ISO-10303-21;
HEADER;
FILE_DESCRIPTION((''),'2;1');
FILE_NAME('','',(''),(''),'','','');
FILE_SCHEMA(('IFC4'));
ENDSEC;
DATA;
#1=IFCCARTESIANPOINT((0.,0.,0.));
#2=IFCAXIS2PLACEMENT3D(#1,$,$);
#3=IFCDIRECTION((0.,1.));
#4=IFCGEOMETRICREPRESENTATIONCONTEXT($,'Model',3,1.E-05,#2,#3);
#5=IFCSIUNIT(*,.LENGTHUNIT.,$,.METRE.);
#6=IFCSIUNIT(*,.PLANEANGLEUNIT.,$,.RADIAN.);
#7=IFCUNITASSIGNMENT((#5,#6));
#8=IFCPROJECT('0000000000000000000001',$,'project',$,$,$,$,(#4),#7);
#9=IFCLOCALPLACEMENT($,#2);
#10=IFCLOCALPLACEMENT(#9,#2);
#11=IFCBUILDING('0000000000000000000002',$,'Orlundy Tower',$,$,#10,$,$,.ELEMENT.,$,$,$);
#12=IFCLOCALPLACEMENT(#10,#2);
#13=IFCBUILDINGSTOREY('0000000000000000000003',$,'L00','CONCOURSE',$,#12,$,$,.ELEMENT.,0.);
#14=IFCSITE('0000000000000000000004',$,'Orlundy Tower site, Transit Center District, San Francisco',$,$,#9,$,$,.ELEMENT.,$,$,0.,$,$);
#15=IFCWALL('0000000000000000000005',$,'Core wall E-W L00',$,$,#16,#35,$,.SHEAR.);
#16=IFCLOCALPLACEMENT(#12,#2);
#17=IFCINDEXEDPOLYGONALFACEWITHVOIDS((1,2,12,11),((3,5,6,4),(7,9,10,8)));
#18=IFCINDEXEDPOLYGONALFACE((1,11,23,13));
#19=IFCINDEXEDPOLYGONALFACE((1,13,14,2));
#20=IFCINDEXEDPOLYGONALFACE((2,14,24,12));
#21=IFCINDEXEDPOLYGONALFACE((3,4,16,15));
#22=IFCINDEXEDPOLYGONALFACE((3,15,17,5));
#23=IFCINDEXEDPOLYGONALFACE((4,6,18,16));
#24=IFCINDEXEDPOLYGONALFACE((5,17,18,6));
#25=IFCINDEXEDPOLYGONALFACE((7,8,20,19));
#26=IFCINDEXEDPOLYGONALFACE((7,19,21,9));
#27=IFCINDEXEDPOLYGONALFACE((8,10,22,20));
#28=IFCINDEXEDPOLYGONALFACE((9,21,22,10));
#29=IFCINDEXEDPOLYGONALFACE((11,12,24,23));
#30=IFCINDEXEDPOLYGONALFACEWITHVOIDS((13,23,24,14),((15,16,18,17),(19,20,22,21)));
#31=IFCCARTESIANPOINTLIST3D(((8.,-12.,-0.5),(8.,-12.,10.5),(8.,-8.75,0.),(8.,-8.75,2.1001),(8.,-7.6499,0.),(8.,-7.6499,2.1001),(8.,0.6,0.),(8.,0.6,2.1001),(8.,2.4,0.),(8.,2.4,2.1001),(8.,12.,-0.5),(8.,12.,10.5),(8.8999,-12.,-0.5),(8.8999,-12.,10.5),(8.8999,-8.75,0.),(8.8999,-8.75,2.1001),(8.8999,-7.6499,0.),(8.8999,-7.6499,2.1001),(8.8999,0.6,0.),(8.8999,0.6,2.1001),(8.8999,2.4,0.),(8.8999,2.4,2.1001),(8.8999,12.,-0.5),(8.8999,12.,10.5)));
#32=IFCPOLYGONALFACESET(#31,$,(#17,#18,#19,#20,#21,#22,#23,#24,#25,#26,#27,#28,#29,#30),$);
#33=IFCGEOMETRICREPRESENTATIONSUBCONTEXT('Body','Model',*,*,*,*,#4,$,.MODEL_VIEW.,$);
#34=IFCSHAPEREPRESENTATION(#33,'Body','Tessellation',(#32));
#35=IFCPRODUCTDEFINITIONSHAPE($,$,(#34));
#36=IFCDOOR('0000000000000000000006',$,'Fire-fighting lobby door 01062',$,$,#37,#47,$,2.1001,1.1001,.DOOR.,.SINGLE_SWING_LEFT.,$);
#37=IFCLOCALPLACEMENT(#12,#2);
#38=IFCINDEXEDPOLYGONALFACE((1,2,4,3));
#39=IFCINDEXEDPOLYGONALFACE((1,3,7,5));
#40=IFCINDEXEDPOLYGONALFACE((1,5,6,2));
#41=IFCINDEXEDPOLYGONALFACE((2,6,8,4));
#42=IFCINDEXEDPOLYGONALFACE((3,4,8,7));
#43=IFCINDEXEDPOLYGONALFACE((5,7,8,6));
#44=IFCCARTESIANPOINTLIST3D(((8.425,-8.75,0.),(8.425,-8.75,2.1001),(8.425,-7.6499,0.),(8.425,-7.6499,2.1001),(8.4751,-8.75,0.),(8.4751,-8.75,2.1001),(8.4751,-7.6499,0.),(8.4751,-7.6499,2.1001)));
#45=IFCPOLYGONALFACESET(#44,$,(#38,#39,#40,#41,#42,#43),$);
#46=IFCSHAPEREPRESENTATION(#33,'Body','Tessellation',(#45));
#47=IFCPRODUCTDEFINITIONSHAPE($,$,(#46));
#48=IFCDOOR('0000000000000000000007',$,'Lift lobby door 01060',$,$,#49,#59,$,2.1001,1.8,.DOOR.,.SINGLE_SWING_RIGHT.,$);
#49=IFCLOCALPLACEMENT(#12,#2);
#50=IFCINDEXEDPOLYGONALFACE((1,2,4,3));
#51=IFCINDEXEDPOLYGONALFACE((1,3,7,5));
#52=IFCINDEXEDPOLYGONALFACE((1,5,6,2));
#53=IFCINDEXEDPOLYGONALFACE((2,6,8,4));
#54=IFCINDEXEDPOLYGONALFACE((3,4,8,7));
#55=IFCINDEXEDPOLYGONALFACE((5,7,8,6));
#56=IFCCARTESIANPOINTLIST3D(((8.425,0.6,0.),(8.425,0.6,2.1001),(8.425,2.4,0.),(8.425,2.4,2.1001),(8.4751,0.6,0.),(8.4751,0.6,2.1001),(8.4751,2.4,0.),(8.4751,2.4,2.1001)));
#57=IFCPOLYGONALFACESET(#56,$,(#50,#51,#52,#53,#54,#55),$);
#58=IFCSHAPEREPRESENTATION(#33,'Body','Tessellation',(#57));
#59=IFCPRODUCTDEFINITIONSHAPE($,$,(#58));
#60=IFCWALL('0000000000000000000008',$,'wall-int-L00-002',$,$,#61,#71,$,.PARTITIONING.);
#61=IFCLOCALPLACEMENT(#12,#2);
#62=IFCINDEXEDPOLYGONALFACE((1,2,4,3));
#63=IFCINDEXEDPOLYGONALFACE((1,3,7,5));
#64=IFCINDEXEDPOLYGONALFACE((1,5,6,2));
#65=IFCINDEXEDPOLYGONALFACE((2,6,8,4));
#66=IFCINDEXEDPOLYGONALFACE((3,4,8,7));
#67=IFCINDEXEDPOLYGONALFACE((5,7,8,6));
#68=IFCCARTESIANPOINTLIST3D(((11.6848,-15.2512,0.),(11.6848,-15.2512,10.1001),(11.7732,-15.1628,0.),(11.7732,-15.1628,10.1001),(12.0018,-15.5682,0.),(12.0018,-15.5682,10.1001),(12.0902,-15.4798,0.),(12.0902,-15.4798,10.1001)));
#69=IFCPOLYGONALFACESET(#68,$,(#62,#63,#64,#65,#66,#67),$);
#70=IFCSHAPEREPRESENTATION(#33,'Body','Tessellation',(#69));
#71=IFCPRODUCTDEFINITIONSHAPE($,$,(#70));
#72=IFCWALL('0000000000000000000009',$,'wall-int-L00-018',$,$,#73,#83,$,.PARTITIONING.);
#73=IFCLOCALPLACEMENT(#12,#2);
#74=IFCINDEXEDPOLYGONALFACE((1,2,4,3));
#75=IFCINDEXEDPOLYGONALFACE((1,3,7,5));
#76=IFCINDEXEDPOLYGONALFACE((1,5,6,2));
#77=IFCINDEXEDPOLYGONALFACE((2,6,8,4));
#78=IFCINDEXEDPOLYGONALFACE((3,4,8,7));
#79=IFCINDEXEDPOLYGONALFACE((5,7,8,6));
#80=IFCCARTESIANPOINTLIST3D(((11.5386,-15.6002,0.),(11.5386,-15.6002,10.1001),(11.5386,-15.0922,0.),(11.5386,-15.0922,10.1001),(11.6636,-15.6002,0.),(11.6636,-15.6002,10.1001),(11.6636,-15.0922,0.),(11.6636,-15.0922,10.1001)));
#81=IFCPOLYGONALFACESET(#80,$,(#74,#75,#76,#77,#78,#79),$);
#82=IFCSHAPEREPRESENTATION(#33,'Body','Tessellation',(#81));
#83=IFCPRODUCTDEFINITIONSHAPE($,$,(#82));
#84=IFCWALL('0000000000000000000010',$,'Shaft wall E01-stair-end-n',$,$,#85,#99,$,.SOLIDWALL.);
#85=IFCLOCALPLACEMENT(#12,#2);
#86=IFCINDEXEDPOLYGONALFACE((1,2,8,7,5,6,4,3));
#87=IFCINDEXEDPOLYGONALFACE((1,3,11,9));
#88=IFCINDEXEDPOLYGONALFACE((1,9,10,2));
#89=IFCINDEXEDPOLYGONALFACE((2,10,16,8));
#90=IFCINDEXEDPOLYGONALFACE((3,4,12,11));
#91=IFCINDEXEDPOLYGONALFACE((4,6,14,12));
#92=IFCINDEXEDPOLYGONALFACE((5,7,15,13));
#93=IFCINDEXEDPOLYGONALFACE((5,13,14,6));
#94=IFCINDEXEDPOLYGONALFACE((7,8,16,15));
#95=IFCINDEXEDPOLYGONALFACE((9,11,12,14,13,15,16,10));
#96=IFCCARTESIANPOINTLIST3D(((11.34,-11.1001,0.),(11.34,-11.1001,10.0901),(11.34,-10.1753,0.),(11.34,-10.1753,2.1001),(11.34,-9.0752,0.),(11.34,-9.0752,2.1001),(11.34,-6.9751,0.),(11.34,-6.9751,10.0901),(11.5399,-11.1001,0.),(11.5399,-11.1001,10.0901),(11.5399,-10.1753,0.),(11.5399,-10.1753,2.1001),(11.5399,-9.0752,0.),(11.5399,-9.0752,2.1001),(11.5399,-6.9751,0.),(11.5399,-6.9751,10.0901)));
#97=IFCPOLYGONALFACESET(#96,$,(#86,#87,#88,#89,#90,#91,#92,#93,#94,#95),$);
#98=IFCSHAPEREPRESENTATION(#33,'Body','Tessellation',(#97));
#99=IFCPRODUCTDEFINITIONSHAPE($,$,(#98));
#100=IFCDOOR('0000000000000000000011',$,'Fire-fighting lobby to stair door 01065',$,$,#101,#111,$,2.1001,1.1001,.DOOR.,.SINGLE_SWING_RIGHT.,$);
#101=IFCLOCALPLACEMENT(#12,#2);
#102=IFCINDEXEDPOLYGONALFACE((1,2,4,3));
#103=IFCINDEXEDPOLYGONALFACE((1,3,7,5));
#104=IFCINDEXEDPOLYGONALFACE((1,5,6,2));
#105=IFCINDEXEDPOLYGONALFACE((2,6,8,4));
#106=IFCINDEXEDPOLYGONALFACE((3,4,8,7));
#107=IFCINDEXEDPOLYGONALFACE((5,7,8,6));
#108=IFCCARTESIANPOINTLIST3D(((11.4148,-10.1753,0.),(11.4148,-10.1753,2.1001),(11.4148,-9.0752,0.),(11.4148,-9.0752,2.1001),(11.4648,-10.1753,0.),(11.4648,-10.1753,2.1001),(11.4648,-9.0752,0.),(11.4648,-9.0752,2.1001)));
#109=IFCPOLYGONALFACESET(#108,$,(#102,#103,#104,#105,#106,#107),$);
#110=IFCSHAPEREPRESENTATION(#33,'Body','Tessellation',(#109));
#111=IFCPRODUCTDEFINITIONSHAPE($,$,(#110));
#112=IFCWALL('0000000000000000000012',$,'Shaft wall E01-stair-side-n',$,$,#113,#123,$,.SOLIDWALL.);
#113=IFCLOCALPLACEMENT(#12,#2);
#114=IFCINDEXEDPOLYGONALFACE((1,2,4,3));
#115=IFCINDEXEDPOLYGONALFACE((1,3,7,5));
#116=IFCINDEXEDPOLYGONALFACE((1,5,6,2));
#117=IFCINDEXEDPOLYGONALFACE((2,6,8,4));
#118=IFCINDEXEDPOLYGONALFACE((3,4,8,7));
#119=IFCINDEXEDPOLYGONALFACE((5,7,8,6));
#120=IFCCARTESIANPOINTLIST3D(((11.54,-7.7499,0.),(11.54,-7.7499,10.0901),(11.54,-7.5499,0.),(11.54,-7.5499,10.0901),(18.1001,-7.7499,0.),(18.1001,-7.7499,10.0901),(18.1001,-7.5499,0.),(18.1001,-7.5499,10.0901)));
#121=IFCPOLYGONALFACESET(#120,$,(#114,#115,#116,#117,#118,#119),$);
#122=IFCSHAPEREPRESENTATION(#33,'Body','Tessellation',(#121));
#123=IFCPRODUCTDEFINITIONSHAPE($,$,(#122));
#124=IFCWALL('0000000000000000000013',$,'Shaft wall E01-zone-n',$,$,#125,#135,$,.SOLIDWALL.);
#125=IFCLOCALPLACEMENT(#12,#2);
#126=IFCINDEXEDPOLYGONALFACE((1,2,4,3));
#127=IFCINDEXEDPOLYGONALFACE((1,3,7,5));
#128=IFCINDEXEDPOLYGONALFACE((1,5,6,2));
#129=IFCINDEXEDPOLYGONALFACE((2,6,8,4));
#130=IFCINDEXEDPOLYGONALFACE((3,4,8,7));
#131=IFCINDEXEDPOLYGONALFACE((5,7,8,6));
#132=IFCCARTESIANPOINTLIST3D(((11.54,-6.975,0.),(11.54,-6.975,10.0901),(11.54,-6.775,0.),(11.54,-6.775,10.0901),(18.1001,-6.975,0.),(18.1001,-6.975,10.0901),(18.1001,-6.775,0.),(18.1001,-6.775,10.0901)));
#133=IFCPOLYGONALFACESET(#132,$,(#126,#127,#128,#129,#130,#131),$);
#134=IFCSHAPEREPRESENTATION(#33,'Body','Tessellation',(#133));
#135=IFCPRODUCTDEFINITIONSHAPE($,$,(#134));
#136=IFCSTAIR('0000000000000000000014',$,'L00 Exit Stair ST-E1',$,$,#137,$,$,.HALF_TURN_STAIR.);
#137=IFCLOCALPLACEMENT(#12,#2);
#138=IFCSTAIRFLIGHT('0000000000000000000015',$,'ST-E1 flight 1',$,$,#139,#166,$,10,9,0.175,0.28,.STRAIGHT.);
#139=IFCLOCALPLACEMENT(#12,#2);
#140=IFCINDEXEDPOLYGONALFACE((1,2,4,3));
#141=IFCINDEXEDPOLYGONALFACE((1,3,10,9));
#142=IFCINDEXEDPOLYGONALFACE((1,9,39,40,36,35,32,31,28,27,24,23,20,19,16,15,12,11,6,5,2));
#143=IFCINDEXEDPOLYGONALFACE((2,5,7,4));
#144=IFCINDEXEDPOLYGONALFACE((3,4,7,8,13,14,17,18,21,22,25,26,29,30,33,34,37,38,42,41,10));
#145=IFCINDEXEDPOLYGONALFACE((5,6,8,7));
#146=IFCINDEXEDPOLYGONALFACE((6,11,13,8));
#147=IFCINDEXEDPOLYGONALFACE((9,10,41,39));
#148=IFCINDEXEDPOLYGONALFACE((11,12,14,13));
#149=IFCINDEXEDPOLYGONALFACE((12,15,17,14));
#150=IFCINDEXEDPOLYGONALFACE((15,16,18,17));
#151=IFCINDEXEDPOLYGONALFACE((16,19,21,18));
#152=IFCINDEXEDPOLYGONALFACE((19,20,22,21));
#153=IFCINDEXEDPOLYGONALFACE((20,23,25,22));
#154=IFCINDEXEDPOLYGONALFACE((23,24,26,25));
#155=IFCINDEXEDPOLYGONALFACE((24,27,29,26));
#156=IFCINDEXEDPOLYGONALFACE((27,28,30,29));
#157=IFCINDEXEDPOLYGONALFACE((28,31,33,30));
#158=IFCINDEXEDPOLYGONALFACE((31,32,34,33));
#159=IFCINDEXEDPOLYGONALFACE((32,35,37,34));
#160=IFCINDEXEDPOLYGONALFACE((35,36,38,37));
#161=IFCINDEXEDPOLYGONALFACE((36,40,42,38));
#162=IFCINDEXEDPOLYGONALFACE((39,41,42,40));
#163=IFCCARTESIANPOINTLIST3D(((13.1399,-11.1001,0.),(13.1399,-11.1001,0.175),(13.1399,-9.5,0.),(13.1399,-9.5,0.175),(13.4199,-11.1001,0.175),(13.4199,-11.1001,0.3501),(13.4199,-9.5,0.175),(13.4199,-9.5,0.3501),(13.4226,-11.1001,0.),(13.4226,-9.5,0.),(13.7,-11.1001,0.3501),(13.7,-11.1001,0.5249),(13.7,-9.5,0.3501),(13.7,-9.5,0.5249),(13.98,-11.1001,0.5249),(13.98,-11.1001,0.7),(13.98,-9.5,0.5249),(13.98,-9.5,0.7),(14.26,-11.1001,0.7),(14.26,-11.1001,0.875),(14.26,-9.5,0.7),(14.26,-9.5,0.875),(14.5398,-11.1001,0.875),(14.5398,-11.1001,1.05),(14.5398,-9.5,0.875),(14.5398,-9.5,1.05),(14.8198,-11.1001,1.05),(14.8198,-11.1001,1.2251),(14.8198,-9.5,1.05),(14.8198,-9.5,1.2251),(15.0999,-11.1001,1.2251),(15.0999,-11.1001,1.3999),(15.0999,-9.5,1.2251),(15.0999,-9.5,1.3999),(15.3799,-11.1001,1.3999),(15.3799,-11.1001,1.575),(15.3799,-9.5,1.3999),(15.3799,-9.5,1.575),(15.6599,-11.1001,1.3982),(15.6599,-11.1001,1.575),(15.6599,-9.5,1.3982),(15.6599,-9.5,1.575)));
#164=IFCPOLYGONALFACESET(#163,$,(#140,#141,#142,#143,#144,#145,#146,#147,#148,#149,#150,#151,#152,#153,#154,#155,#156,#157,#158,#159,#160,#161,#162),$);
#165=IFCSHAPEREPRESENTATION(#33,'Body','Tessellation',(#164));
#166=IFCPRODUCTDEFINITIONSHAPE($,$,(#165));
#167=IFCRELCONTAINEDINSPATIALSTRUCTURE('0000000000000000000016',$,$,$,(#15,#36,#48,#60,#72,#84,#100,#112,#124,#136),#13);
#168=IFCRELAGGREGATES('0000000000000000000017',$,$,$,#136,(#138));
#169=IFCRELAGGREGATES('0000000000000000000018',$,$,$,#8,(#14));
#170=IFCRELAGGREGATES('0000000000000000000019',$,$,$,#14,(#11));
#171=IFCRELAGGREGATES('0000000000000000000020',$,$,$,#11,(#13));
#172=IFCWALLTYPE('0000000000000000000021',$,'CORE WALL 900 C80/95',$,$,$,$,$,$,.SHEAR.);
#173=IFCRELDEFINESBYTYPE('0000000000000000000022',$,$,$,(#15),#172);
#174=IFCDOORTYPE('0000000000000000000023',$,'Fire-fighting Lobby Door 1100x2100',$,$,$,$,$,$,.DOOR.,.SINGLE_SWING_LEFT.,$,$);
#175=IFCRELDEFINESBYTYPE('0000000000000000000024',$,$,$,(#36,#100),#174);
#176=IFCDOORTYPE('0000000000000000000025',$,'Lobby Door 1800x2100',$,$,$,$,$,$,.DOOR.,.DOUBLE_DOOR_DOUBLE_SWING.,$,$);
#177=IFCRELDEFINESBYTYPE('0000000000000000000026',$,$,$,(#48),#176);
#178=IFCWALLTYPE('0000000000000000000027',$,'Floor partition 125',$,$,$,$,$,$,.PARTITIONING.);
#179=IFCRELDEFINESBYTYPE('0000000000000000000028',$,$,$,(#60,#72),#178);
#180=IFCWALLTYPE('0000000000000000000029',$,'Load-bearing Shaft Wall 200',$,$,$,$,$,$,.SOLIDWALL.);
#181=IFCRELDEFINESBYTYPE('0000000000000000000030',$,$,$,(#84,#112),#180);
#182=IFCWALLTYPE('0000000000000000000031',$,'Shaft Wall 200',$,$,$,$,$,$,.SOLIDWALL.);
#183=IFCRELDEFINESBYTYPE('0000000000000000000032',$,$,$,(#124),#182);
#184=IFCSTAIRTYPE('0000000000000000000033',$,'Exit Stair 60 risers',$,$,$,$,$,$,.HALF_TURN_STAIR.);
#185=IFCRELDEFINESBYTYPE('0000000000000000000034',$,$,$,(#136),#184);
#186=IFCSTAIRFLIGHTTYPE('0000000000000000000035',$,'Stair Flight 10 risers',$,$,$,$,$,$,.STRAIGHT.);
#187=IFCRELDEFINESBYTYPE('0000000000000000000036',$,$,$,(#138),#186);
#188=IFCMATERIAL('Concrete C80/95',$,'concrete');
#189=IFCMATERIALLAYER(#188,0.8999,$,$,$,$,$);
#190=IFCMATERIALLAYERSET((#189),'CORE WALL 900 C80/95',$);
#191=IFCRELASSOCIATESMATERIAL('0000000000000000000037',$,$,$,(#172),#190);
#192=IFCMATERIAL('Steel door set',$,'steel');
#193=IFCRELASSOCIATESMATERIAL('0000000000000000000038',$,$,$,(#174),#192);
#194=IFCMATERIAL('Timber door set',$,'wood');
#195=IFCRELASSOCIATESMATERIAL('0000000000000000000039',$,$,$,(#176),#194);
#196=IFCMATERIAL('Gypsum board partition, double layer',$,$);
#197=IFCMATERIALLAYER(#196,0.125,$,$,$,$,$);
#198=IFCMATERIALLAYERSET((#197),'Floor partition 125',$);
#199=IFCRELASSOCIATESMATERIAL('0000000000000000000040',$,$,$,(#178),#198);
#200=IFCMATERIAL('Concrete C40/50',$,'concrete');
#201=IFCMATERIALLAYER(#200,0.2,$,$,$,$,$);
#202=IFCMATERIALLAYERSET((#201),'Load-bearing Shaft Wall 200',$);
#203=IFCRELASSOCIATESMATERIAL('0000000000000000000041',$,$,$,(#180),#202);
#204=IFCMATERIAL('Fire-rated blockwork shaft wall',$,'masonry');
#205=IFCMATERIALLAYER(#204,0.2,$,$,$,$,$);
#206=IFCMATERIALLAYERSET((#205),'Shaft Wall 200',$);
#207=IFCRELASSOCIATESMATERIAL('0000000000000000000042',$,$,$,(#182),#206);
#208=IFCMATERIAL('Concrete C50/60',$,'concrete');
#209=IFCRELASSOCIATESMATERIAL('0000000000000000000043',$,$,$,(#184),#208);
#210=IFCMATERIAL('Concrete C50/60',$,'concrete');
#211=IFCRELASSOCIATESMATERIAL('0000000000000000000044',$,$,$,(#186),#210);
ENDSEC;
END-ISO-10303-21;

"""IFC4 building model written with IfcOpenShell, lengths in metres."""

from ifc_helpers import new_model, si_unit, direction, frame, frame_2d, origin, place, context, subcontext, project, spatial, polyline, rectangle, outline, extrude, material, layer, layer_set, type_object, element, fill, aggregate, save


model = new_model("IFC4")

# Units and contexts
model_context = context("Model", 3, precision=1e-05, world=origin(), true_north=direction((0.0, 1.0)))
body_context = subcontext(model_context, "Body", "Model", "MODEL_VIEW")
ifc_project = project(units=[si_unit("LENGTHUNIT", "METRE"), si_unit("PLANEANGLEUNIT", "RADIAN")], contexts=[model_context])

# Site, building, storey
site_placement = place(None, origin())
site = spatial("IfcSite", under=ifc_project, at=site_placement, Name="Orlundy Tower site, Transit Center District, San Francisco", CompositionType="ELEMENT", RefElevation=0.0)
building_placement = place(site_placement, origin())
building = spatial("IfcBuilding", under=site, at=building_placement, Name="Orlundy Tower", CompositionType="ELEMENT")
storey_placement = place(building_placement, origin())
storey = spatial("IfcBuildingStorey", under=building, at=storey_placement, Name="L00", Description="CONCOURSE", CompositionType="ELEMENT", Elevation=0.0)

# Shared definitions
ifc_material_1 = material(Name="Concrete C80/95", Category="concrete")
ifc_layer_1 = layer(ifc_material_1, 0.8999)
ifc_layer_set_1 = layer_set([ifc_layer_1], Name="CORE WALL 900 C80/95")
wall_type_1 = type_object("IfcWallType", Name="CORE WALL 900 C80/95", PredefinedType="SHEAR", material=ifc_layer_set_1)

# Wall, openings, doors
wall_1_placement = place(storey_placement, frame((8.45, -12.0, -0.5), z_axis=(0.0, 0.0, 1.0), x_axis=(0.0, 1.0, 0.0)))
wall_1 = element("IfcWall", 1, at=wall_1_placement, inside=storey, type_object=wall_type_1, Name="Core wall E-W L00", PredefinedType="SHEAR", context=body_context, shape_type="SweptSolid", body=[
    extrude(rectangle(XDim=24.0, YDim=0.8999, at=frame_2d((12.0, 0.0))), origin(), (0.0, 0.0, 1.0), 11.0),
])
opening_1_placement = place(wall_1_placement, frame((12.6001, 0.0, 0.5)))
opening_1 = element("IfcOpeningElement", 2, at=opening_1_placement, cuts=wall_1, PredefinedType="OPENING", context=body_context, shape_type="SweptSolid", body=[
    extrude(rectangle(XDim=1.8, YDim=2.1001, at=frame_2d((0.8999, 1.05))), frame((0.0, 0.46, 0.0), z_axis=(0.0, -1.0, 0.0), x_axis=(1.0, 0.0, 0.0)), (0.0, 0.0, 1.0), 0.9199),
])
opening_2_placement = place(wall_1_placement, frame((3.25, 0.0, 0.5)))
opening_2 = element("IfcOpeningElement", 3, at=opening_2_placement, cuts=wall_1, PredefinedType="OPENING", context=body_context, shape_type="SweptSolid", body=[
    extrude(rectangle(XDim=1.1001, YDim=2.1001, at=frame_2d((0.55, 1.05))), frame((0.0, 0.46, 0.0), z_axis=(0.0, -1.0, 0.0), x_axis=(1.0, 0.0, 0.0)), (0.0, 0.0, 1.0), 0.9199),
])
ifc_material_2 = material(Name="Steel door set", Category="steel")
door_type_1 = type_object("IfcDoorType", Name="Fire-fighting Lobby Door 1100x2100", OperationType="SINGLE_SWING_LEFT", PredefinedType="DOOR", material=ifc_material_2)
door_1_placement = place(opening_2_placement, origin())
door_1 = element("IfcDoor", 4, at=door_1_placement, inside=storey, type_object=door_type_1, Name="Fire-fighting lobby door 01062", OperationType="SINGLE_SWING_LEFT", OverallHeight=2.1001, OverallWidth=1.1001, PredefinedType="DOOR", context=body_context, shape_type="SweptSolid", body=[
    extrude(rectangle(XDim=1.1001, YDim=2.1001, at=frame_2d((0.55, 1.05))), frame((0.0, 0.0249, 0.0), z_axis=(0.0, -1.0, 0.0), x_axis=(1.0, 0.0, 0.0)), (0.0, 0.0, 1.0), 0.05),
])
fill(opening_2, door_1)
ifc_material_3 = material(Name="Timber door set", Category="wood")
door_type_2 = type_object("IfcDoorType", Name="Lobby Door 1800x2100", OperationType="DOUBLE_DOOR_DOUBLE_SWING", PredefinedType="DOOR", material=ifc_material_3)
door_2_placement = place(opening_1_placement, origin())
door_2 = element("IfcDoor", 5, at=door_2_placement, inside=storey, type_object=door_type_2, Name="Lift lobby door 01060", OperationType="SINGLE_SWING_RIGHT", OverallHeight=2.1001, OverallWidth=1.8, PredefinedType="DOOR", context=body_context, shape_type="SweptSolid", body=[
    extrude(rectangle(XDim=1.8, YDim=2.1001, at=frame_2d((0.8999, 1.05))), frame((0.0, 0.0249, 0.0), z_axis=(0.0, -1.0, 0.0), x_axis=(1.0, 0.0, 0.0)), (0.0, 0.0, 1.0), 0.05),
])
fill(opening_1, door_2)

# Walls
ifc_material_4 = material(Name="Gypsum board partition, double layer")
ifc_layer_2 = layer(ifc_material_4, 0.125)
ifc_layer_set_2 = layer_set([ifc_layer_2], Name="Floor partition 125")
wall_type_2 = type_object("IfcWallType", Name="Floor partition 125", PredefinedType="PARTITIONING", material=ifc_layer_set_2)
wall_2_placement = place(storey_placement, frame((11.729, -15.207, 0.0), z_axis=(0.0, 0.0, 1.0), x_axis=(0.707107, -0.707107, 0.0)))
element("IfcWall", 6, at=wall_2_placement, inside=storey, type_object=wall_type_2, Name="wall-int-L00-002", PredefinedType="PARTITIONING", context=body_context, shape_type="SweptSolid", body=[
    extrude(rectangle(XDim=0.4482, YDim=0.125, at=frame_2d((0.2241, 0.0))), origin(), (0.0, 0.0, 1.0), 10.1001),
])
wall_3_placement = place(storey_placement, frame((11.6011, -15.6001, 0.0), z_axis=(0.0, 0.0, 1.0), x_axis=(0.0, 1.0, 0.0)))
element("IfcWall", 7, at=wall_3_placement, inside=storey, type_object=wall_type_2, Name="wall-int-L00-018", PredefinedType="PARTITIONING", context=body_context, shape_type="SweptSolid", body=[
    extrude(rectangle(XDim=0.5081, YDim=0.125, at=frame_2d((0.2539, 0.0))), origin(), (0.0, 0.0, 1.0), 10.1001),
])

# Wall, opening, door
ifc_material_5 = material(Name="Concrete C40/50", Category="concrete")
ifc_layer_3 = layer(ifc_material_5, 0.2)
ifc_layer_set_3 = layer_set([ifc_layer_3], Name="Load-bearing Shaft Wall 200")
wall_type_3 = type_object("IfcWallType", Name="Load-bearing Shaft Wall 200", PredefinedType="SOLIDWALL", material=ifc_layer_set_3)
wall_4_placement = place(storey_placement, frame((11.4399, -6.9751, 0.0), z_axis=(0.0, 0.0, 1.0), x_axis=(0.0, -1.0, 0.0)))
wall_4 = element("IfcWall", 8, at=wall_4_placement, inside=storey, type_object=wall_type_3, Name="Shaft wall E01-stair-end-n", PredefinedType="SOLIDWALL", context=body_context, shape_type="SweptSolid", body=[
    extrude(rectangle(XDim=4.125, YDim=0.2, at=frame_2d((2.0625, 0.0))), origin(), (0.0, 0.0, 1.0), 10.0901),
])
opening_3_placement = place(wall_4_placement, frame((2.1001, 0.0, 0.0)))
opening_3 = element("IfcOpeningElement", 9, at=opening_3_placement, cuts=wall_4, PredefinedType="OPENING", context=body_context, shape_type="SweptSolid", body=[
    extrude(rectangle(XDim=1.1001, YDim=2.1001, at=frame_2d((0.55, 1.05))), frame((0.0, 0.1101, 0.0), z_axis=(0.0, -1.0, 0.0), x_axis=(1.0, 0.0, 0.0)), (0.0, 0.0, 1.0), 0.2202),
])
door_3_placement = place(opening_3_placement, origin())
door_3 = element("IfcDoor", 10, at=door_3_placement, inside=storey, type_object=door_type_1, Name="Fire-fighting lobby to stair door 01065", OperationType="SINGLE_SWING_RIGHT", OverallHeight=2.1001, OverallWidth=1.1001, PredefinedType="DOOR", context=body_context, shape_type="SweptSolid", body=[
    extrude(rectangle(XDim=1.1001, YDim=2.1001, at=frame_2d((0.55, 1.05))), frame((0.0, 0.0249, 0.0), z_axis=(0.0, -1.0, 0.0), x_axis=(1.0, 0.0, 0.0)), (0.0, 0.0, 1.0), 0.05),
])
fill(opening_3, door_3)

# Walls
wall_5_placement = place(storey_placement, frame((11.54, -7.6499, 0.0), z_axis=(0.0, 0.0, 1.0), x_axis=(1.0, 0.0, 0.0)))
element("IfcWall", 11, at=wall_5_placement, inside=storey, type_object=wall_type_3, Name="Shaft wall E01-stair-side-n", PredefinedType="SOLIDWALL", context=body_context, shape_type="SweptSolid", body=[
    extrude(rectangle(XDim=6.5601, YDim=0.2, at=frame_2d((3.28, 0.0))), origin(), (0.0, 0.0, 1.0), 10.0901),
])
ifc_material_6 = material(Name="Fire-rated blockwork shaft wall", Category="masonry")
ifc_layer_4 = layer(ifc_material_6, 0.2)
ifc_layer_set_4 = layer_set([ifc_layer_4], Name="Shaft Wall 200")
wall_type_4 = type_object("IfcWallType", Name="Shaft Wall 200", PredefinedType="SOLIDWALL", material=ifc_layer_set_4)
wall_6_placement = place(storey_placement, frame((11.54, -6.875, 0.0), z_axis=(0.0, 0.0, 1.0), x_axis=(1.0, 0.0, 0.0)))
element("IfcWall", 12, at=wall_6_placement, inside=storey, type_object=wall_type_4, Name="Shaft wall E01-zone-n", PredefinedType="SOLIDWALL", context=body_context, shape_type="SweptSolid", body=[
    extrude(rectangle(XDim=6.5601, YDim=0.2, at=frame_2d((3.28, 0.0))), origin(), (0.0, 0.0, 1.0), 10.0901),
])

# Stair, stair flight
ifc_material_7 = material(Name="Concrete C50/60", Category="concrete")
stair_type = type_object("IfcStairType", Name="Exit Stair 60 risers", PredefinedType="HALF_TURN_STAIR", material=ifc_material_7)
stair_placement = place(storey_placement, origin())
stair = element("IfcStair", 13, at=stair_placement, inside=storey, type_object=stair_type, Name="L00 Exit Stair ST-E1", PredefinedType="HALF_TURN_STAIR")
ifc_material_8 = material(Name="Concrete C50/60", Category="concrete")
stair_flight_type = type_object("IfcStairFlightType", Name="Stair Flight 10 risers", PredefinedType="STRAIGHT", material=ifc_material_8)
stair_flight_1_placement = place(storey_placement, frame((13.1399, -10.3, 0.0), z_axis=(0.0, 0.0, 1.0), x_axis=(1.0, 0.0, 0.0)))
stair_flight_1 = element("IfcStairFlight", 14, at=stair_flight_1_placement, type_object=stair_flight_type, Name="ST-E1 flight 1", NumberOfRisers=10, NumberOfTreads=9, PredefinedType="STRAIGHT", RiserHeight=0.175, TreadLength=0.28, context=body_context, shape_type="SweptSolid", body=[
    extrude(outline(polyline([(0.0, 0.0), (0.0, 0.175), (0.28, 0.175), (0.28, 0.3501), (0.5601, 0.3501), (0.5601, 0.5249), (0.8401, 0.5249), (0.8401, 0.7), (1.1201, 0.7), (1.1201, 0.875), (1.3999, 0.875), (1.3999, 1.05), (1.6799, 1.05), (1.6799, 1.2251), (1.96, 1.2251), (1.96, 1.3999), (2.24, 1.3999), (2.24, 1.575), (2.52, 1.575), (2.52, 1.75), (2.52, 1.3982), (0.2827, 0.0), (0.0, 0.0)])), frame((0.0, 0.8, 0.0), z_axis=(0.0, -1.0, 0.0), x_axis=(1.0, 0.0, 0.0)), (0.0, 0.0, 1.0), 1.6001),
])
aggregate(stair, [stair_flight_1])

save(model, "model.ifc")
